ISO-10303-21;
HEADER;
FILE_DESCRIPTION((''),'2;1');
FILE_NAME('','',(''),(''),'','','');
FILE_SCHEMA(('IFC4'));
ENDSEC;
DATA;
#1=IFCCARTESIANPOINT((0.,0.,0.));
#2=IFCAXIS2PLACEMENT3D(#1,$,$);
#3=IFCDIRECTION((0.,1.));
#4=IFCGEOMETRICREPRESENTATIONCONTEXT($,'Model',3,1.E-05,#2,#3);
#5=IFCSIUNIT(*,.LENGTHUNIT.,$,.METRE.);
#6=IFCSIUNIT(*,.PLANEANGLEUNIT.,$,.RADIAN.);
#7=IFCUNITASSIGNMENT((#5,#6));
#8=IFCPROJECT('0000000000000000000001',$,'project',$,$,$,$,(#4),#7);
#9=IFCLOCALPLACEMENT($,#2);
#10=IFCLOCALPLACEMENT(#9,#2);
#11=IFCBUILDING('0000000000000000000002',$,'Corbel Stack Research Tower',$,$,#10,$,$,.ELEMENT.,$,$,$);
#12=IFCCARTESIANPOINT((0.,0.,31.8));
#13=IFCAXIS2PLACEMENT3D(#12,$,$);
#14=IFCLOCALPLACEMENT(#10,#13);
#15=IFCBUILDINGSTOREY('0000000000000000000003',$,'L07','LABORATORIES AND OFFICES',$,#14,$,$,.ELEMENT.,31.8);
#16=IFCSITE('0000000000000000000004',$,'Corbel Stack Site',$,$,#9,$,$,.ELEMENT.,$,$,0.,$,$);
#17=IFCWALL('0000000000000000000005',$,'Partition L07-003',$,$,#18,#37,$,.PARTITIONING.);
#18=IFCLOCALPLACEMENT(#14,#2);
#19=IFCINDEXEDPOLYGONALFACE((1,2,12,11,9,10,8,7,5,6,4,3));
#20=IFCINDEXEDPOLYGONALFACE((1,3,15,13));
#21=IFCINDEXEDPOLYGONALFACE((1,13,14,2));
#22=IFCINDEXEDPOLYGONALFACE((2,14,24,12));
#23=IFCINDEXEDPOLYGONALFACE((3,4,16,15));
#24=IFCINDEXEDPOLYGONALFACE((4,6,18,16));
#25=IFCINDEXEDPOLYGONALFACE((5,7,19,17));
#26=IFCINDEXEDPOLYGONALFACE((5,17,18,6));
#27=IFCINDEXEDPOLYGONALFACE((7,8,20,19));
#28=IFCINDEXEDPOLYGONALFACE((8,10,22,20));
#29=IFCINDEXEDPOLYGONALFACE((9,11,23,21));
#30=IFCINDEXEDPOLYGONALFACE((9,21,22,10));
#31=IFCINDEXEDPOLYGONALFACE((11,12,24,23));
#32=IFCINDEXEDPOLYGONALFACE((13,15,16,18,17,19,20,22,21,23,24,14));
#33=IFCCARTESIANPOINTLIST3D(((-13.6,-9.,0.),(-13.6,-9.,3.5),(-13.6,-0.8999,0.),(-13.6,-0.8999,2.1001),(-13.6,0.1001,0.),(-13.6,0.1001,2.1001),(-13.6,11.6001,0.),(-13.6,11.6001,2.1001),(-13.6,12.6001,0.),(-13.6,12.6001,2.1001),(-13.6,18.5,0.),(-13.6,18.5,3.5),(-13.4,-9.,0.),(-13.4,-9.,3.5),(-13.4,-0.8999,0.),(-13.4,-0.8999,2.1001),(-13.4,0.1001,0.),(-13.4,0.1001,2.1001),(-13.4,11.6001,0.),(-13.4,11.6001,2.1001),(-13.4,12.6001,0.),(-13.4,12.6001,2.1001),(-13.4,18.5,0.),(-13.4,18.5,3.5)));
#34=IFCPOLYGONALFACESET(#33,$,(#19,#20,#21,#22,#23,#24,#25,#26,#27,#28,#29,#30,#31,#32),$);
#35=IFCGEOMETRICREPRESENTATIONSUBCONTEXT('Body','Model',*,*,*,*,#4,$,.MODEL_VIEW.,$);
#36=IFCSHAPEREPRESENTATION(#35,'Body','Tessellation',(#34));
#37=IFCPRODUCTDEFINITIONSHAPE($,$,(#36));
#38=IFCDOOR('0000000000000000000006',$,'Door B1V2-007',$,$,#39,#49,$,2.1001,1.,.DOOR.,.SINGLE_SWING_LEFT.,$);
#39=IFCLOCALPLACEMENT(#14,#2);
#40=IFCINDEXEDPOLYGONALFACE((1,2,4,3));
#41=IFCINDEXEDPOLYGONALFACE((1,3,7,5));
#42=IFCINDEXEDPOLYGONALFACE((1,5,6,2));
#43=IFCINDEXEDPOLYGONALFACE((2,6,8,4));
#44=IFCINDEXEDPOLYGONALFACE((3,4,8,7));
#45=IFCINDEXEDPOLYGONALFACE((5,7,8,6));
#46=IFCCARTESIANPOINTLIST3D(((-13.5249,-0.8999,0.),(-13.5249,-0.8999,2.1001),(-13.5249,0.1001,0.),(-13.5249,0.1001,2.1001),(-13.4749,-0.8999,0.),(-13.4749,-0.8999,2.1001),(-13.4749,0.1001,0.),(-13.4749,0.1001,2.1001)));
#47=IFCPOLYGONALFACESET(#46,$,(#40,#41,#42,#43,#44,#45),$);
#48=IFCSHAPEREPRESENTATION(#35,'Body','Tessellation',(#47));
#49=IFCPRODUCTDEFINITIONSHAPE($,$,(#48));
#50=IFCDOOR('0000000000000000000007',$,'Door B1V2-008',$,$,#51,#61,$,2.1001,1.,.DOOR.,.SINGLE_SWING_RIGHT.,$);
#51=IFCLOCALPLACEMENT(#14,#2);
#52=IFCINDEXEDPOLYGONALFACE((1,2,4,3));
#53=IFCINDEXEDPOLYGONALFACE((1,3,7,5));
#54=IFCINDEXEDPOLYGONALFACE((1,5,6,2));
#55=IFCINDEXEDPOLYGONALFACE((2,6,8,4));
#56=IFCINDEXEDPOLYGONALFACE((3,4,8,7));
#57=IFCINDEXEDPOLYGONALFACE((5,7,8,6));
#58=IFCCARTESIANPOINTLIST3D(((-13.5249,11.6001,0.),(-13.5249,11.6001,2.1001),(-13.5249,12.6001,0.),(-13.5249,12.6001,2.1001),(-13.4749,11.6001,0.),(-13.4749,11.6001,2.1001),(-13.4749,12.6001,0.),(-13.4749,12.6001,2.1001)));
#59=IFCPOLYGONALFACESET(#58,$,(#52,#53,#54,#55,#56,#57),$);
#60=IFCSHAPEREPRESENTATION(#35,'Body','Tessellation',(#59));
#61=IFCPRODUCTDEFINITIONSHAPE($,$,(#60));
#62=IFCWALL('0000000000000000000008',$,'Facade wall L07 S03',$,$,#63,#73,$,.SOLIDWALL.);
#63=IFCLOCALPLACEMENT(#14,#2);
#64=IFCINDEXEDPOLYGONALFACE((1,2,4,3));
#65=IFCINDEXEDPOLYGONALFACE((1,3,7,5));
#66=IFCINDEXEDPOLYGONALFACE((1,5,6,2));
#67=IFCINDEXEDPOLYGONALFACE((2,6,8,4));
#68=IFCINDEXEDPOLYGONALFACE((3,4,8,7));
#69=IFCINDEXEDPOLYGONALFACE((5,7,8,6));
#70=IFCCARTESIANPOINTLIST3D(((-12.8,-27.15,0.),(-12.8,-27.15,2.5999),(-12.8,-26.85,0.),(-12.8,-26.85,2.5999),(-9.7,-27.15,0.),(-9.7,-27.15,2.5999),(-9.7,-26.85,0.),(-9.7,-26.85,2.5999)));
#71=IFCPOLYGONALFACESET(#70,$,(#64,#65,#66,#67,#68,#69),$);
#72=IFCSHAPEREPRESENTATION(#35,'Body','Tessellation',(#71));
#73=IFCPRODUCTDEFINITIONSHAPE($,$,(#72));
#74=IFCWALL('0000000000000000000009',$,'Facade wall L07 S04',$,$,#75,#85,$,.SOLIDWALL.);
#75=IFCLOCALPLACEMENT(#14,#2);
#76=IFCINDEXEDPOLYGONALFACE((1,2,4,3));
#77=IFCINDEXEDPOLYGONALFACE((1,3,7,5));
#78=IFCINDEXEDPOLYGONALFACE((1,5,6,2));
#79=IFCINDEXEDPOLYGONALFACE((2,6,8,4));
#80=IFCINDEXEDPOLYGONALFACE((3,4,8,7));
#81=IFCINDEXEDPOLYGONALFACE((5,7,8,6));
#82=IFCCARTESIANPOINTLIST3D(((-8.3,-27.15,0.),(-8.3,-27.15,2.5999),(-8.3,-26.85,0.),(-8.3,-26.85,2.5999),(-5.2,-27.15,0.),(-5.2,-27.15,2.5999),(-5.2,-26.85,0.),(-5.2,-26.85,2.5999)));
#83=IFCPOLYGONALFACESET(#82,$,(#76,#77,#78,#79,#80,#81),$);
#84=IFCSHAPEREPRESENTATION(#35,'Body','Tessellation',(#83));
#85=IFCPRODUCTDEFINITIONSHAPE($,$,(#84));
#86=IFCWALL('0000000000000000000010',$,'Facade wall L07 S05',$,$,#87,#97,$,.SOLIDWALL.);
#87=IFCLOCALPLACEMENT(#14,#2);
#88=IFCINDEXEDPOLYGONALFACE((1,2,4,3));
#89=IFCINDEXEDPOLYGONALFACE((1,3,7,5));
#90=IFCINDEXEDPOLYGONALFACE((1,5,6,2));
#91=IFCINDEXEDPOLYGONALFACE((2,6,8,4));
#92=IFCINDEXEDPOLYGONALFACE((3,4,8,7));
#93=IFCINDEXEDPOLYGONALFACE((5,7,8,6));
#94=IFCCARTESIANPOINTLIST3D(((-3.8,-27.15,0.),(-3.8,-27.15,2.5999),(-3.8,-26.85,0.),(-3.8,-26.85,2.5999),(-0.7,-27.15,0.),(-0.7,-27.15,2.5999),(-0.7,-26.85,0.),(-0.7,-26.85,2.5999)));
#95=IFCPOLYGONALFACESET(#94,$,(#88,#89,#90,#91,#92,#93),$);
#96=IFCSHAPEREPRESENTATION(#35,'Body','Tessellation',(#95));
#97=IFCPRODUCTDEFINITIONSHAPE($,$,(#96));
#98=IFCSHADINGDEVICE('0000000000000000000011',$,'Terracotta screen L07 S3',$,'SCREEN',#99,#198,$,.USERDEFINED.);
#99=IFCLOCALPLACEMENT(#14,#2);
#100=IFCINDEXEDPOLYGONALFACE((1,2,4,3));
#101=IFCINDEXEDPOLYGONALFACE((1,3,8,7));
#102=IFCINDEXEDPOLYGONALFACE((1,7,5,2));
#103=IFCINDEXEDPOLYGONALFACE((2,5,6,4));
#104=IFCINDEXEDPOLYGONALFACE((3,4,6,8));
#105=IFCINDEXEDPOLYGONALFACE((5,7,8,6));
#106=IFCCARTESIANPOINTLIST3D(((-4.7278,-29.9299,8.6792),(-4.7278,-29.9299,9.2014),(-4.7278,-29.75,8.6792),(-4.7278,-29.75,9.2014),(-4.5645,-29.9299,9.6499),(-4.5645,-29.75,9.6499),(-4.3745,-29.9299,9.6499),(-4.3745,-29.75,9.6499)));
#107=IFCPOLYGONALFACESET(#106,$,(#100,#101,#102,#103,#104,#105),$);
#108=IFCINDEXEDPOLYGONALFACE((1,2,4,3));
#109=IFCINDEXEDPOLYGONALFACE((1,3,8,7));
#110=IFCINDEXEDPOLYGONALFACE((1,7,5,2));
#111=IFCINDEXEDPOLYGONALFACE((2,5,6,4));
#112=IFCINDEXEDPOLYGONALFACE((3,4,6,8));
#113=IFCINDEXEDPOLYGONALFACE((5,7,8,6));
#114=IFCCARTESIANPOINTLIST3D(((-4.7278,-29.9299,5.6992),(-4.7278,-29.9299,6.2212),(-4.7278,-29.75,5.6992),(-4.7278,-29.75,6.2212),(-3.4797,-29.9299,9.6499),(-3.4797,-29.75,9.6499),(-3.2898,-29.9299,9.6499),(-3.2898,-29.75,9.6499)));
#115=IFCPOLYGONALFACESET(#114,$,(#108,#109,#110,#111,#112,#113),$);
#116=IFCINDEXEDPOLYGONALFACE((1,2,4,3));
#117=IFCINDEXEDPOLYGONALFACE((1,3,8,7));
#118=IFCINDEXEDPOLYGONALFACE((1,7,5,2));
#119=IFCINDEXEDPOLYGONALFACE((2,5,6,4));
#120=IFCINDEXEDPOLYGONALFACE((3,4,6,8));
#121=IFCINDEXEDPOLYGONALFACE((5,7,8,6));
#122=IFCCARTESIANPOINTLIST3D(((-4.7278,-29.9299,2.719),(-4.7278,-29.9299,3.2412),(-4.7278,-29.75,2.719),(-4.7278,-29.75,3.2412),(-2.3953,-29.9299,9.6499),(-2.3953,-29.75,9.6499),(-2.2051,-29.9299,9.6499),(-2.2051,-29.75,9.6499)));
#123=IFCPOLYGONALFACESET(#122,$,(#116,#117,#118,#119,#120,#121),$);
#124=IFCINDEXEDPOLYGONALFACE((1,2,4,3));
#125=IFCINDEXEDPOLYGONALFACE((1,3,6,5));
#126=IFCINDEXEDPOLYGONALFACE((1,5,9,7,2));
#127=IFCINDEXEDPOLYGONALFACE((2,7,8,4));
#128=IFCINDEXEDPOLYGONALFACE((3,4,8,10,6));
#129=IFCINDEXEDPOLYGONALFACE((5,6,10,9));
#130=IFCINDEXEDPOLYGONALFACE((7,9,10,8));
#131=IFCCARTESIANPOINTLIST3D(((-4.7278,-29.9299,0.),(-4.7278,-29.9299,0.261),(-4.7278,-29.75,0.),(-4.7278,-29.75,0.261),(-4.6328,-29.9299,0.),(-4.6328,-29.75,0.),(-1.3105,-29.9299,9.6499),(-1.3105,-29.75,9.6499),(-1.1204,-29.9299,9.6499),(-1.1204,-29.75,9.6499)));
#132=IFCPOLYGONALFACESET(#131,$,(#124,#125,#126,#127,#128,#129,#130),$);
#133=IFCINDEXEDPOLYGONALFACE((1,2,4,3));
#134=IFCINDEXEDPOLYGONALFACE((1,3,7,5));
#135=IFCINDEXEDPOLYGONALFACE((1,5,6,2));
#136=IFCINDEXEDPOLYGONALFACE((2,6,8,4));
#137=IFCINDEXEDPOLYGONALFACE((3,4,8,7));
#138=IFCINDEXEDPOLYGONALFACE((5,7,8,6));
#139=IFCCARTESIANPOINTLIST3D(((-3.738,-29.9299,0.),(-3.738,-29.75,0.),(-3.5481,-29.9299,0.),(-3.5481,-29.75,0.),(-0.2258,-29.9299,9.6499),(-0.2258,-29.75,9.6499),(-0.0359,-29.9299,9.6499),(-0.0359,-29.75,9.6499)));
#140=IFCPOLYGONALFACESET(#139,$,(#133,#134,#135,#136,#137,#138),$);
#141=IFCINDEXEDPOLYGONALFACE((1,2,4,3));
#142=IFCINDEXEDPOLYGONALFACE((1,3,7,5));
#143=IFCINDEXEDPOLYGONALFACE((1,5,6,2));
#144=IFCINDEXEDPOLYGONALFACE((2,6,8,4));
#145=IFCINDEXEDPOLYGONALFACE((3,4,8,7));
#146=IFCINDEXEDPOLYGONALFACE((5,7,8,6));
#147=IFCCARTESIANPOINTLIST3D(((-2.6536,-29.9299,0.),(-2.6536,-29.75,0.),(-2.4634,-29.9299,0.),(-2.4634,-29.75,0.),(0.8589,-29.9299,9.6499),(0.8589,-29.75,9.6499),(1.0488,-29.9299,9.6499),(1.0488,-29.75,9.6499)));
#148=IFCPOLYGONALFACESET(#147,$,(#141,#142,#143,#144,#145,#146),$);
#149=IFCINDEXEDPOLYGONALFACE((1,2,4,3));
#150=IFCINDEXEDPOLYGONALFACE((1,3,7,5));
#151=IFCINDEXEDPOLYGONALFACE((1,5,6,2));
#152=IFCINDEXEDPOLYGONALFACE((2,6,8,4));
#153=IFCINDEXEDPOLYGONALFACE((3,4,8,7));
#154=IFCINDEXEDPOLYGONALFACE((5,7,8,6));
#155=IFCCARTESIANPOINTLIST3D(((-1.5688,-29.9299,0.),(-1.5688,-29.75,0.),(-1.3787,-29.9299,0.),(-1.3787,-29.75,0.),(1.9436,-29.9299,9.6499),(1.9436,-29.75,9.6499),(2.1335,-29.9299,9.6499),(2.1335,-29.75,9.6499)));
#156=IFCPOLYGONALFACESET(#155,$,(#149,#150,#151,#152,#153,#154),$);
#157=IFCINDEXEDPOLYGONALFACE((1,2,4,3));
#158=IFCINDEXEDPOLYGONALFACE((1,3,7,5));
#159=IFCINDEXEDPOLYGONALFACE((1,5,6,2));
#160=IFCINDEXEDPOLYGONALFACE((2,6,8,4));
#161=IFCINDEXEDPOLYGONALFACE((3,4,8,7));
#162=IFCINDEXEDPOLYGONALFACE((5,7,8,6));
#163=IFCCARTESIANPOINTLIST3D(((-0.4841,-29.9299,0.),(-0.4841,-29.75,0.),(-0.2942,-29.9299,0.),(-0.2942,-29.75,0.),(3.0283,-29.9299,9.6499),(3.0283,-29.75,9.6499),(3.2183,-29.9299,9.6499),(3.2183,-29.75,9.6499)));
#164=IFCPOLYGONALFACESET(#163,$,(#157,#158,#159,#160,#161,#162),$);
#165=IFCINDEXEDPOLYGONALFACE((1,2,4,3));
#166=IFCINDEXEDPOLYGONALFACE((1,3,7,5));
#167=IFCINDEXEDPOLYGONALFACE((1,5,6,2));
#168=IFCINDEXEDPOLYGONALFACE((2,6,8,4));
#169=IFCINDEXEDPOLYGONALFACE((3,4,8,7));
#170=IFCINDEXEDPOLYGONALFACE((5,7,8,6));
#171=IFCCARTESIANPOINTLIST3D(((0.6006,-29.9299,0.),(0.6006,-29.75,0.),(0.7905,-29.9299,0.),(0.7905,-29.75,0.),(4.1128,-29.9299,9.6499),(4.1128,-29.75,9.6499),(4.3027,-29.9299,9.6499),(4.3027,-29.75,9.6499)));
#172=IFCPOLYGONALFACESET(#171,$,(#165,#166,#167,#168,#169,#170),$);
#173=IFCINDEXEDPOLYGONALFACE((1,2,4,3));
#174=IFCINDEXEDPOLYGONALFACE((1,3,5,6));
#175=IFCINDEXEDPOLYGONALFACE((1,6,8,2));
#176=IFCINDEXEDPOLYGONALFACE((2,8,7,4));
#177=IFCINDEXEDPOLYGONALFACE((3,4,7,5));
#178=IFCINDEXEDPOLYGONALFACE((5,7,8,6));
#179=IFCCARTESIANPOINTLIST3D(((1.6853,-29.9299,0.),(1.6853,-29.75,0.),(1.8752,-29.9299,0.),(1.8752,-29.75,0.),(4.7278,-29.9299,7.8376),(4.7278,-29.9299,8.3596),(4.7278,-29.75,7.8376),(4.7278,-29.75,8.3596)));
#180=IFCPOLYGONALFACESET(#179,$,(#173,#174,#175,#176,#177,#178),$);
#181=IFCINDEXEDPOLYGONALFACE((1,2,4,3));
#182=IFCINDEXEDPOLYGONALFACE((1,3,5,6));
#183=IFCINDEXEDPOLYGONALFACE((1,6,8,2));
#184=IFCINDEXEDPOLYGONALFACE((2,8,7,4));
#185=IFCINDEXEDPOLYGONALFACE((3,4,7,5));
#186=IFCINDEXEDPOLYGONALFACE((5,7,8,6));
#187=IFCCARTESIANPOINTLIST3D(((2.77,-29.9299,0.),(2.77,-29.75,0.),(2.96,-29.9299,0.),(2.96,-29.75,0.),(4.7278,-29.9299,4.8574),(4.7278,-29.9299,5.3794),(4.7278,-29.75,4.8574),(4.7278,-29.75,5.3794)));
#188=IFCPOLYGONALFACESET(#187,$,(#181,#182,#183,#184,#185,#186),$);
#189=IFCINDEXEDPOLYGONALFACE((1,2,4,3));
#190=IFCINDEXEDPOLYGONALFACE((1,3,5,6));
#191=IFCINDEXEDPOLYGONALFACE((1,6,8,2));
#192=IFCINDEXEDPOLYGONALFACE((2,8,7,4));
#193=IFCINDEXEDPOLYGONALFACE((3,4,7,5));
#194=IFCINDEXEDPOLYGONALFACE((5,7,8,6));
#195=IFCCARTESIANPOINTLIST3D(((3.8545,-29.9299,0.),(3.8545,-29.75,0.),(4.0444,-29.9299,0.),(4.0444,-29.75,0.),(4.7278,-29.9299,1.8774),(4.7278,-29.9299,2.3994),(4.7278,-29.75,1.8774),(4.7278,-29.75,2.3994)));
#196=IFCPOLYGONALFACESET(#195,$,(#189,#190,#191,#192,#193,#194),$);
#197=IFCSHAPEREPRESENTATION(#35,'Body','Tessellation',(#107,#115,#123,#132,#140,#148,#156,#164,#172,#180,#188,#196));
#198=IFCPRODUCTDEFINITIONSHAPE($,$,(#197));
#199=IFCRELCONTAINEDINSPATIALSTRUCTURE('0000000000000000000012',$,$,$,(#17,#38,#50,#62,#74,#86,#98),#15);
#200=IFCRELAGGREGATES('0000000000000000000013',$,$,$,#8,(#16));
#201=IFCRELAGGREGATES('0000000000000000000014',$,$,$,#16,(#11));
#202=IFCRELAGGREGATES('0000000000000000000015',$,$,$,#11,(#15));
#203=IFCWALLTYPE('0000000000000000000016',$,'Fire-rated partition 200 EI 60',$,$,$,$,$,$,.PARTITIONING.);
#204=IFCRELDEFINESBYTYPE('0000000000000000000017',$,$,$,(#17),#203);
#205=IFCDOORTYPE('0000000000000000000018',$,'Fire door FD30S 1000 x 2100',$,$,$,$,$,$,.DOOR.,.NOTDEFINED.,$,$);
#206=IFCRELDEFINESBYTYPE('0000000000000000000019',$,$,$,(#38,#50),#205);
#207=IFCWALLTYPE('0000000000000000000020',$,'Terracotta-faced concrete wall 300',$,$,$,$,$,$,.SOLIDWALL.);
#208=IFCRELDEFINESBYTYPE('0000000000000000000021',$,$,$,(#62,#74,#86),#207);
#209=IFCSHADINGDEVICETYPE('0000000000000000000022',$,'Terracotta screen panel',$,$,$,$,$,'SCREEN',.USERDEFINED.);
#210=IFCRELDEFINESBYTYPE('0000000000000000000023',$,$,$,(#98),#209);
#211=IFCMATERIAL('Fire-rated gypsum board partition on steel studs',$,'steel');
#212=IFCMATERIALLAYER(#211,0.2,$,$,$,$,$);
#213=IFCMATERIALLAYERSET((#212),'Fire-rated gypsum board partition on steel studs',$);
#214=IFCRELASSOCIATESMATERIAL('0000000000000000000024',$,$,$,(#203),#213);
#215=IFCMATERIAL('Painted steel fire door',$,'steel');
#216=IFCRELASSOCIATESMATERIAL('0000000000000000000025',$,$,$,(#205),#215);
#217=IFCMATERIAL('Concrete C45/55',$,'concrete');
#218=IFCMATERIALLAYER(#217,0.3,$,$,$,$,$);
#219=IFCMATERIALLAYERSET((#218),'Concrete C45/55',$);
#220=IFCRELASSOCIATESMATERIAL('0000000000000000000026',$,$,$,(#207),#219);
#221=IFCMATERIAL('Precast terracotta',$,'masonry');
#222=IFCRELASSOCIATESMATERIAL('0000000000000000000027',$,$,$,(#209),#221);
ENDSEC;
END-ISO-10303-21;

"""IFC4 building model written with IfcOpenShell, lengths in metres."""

from ifc_helpers import new_model, si_unit, direction, frame, frame_2d, origin, place, context, subcontext, project, spatial, polyline, rectangle, outline, extrude, source, transform, mapped, material, layer, layer_set, type_object, element, fill, save


model = new_model("IFC4")

# Units and contexts
model_context = context("Model", 3, precision=1e-05, world=origin(), true_north=direction((0.0, 1.0)))
body_context = subcontext(model_context, "Body", "Model", "MODEL_VIEW")
ifc_project = project(units=[si_unit("LENGTHUNIT", "METRE"), si_unit("PLANEANGLEUNIT", "RADIAN")], contexts=[model_context])

# Site, building, storey
site_placement = place(None, origin())
site = spatial("IfcSite", under=ifc_project, at=site_placement, Name="Corbel Stack Site", CompositionType="ELEMENT", RefElevation=0.0)
building_placement = place(site_placement, origin())
building = spatial("IfcBuilding", under=site, at=building_placement, Name="Corbel Stack Research Tower", CompositionType="ELEMENT")
storey_placement = place(building_placement, frame((0.0, 0.0, 31.8)))
storey = spatial("IfcBuildingStorey", under=building, at=storey_placement, Name="L07", Description="LABORATORIES AND OFFICES", CompositionType="ELEMENT", Elevation=31.8)

# Shared definitions
ifc_material_1 = material(Name="Fire-rated gypsum board partition on steel studs", Category="steel")
ifc_layer_1 = layer(ifc_material_1, 0.2)
ifc_layer_set_1 = layer_set([ifc_layer_1], Name="Fire-rated gypsum board partition on steel studs")
wall_type_1 = type_object("IfcWallType", Name="Fire-rated partition 200 EI 60", PredefinedType="PARTITIONING", material=ifc_layer_set_1)

# Wall, openings, doors
wall_1_placement = place(storey_placement, frame((-13.5, -9.0, 0.0), z_axis=(0.0, 0.0, 1.0), x_axis=(0.0, 1.0, 0.0)))
wall_1 = element("IfcWall", 1, at=wall_1_placement, inside=storey, type_object=wall_type_1, Name="Partition L07-003", PredefinedType="PARTITIONING", context=body_context, shape_type="SweptSolid", body=[
    extrude(rectangle(XDim=27.5, YDim=0.2, at=frame_2d((13.75, 0.0))), origin(), (0.0, 0.0, 1.0), 3.5),
])
opening_1_placement = place(wall_1_placement, frame((8.1001, 0.0, 0.0)))
opening_1 = element("IfcOpeningElement", 2, at=opening_1_placement, cuts=wall_1, PredefinedType="OPENING", context=body_context, shape_type="SweptSolid", body=[
    extrude(rectangle(XDim=1.0, YDim=2.1001, at=frame_2d((0.5, 1.05))), frame((0.0, 0.1099, 0.0), z_axis=(0.0, -1.0, 0.0), x_axis=(1.0, 0.0, 0.0)), (0.0, 0.0, 1.0), 0.22),
])
opening_2_placement = place(wall_1_placement, frame((20.6001, 0.0, 0.0)))
opening_2 = element("IfcOpeningElement", 3, at=opening_2_placement, cuts=wall_1, PredefinedType="OPENING", context=body_context, shape_type="SweptSolid", body=[
    extrude(rectangle(XDim=1.0, YDim=2.1001, at=frame_2d((0.5, 1.05))), frame((0.0, 0.1099, 0.0), z_axis=(0.0, -1.0, 0.0), x_axis=(1.0, 0.0, 0.0)), (0.0, 0.0, 1.0), 0.22),
])
ifc_material_2 = material(Name="Painted steel fire door", Category="steel")
door_type_1 = type_object("IfcDoorType", Name="Fire door FD30S 1000 x 2100", OperationType="NOTDEFINED", PredefinedType="DOOR", material=ifc_material_2)
door_1_placement = place(opening_1_placement, origin())
door_1 = element("IfcDoor", 4, at=door_1_placement, inside=storey, type_object=door_type_1, Name="Door B1V2-007", OperationType="SINGLE_SWING_LEFT", OverallHeight=2.1001, OverallWidth=1.0, PredefinedType="DOOR", context=body_context, shape_type="SweptSolid", body=[
    extrude(rectangle(XDim=1.0, YDim=2.1001, at=frame_2d((0.5, 1.05))), frame((0.0, 0.0249, 0.0), z_axis=(0.0, -1.0, 0.0), x_axis=(1.0, 0.0, 0.0)), (0.0, 0.0, 1.0), 0.05),
])
fill(opening_1, door_1)
door_2_placement = place(opening_2_placement, origin())
door_2 = element("IfcDoor", 5, at=door_2_placement, inside=storey, type_object=door_type_1, Name="Door B1V2-008", OperationType="SINGLE_SWING_RIGHT", OverallHeight=2.1001, OverallWidth=1.0, PredefinedType="DOOR", context=body_context, shape_type="SweptSolid", body=[
    extrude(rectangle(XDim=1.0, YDim=2.1001, at=frame_2d((0.5, 1.05))), frame((0.0, 0.0249, 0.0), z_axis=(0.0, -1.0, 0.0), x_axis=(1.0, 0.0, 0.0)), (0.0, 0.0, 1.0), 0.05),
])
fill(opening_2, door_2)

# Walls
ifc_material_3 = material(Name="Concrete C45/55", Category="concrete")
ifc_layer_2 = layer(ifc_material_3, 0.3)
ifc_layer_set_2 = layer_set([ifc_layer_2], Name="Concrete C45/55")
wall_type_2 = type_object("IfcWallType", Name="Terracotta-faced concrete wall 300", PredefinedType="SOLIDWALL", material=ifc_layer_set_2)
for number, where, z_axis, x_axis, name in (
    (6, (-9.7, -27.0, 0.0), (0.0, 0.0, 1.0), (-1.0, 0.0, 0.0), "Facade wall L07 S03"),
    (7, (-5.2, -27.0, 0.0), (0.0, 0.0, 1.0), (-1.0, 0.0, 0.0), "Facade wall L07 S04"),
    (8, (-0.7, -27.0, 0.0), (0.0, 0.0, 1.0), (-1.0, 0.0, 0.0), "Facade wall L07 S05"),
):
    element("IfcWall", number, at=place(storey_placement, frame(where, z_axis=z_axis, x_axis=x_axis)), inside=storey, type_object=wall_type_2, Name=name, PredefinedType="SOLIDWALL", context=body_context, shape_type="SweptSolid", body=[
        extrude(rectangle(XDim=3.1001, YDim=0.3, at=frame_2d((1.55, 0.0))), origin(), (0.0, 0.0, 1.0), 2.5999),
    ])

# Shading device
ifc_material_4 = material(Name="Precast terracotta", Category="masonry")
shading_device_type = type_object("IfcShadingDeviceType", Name="Terracotta screen panel", ElementType="SCREEN", PredefinedType="USERDEFINED", material=ifc_material_4)
shared_shape_1 = source(origin(), body_context, "Body", "SweptSolid", [
    extrude(outline(polyline([(0.3533, 9.6499), (0.1633, 9.6499), (0.0, 9.2014), (0.0, 8.6792), (0.3533, 9.6499)])), frame((0.0, 0.0, 0.0), z_axis=(0.0, -1.0, 0.0), x_axis=(1.0, 0.0, 0.0)), (0.0, 0.0, 1.0), 0.1799),
    extrude(outline(polyline([(1.438, 9.6499), (1.248, 9.6499), (0.0, 6.2212), (0.0, 5.6992), (1.438, 9.6499)])), frame((0.0, 0.0, 0.0), z_axis=(0.0, -1.0, 0.0), x_axis=(1.0, 0.0, 0.0)), (0.0, 0.0, 1.0), 0.1799),
    extrude(outline(polyline([(2.5227, 9.6499), (2.3325, 9.6499), (0.0, 3.2412), (0.0, 2.719), (2.5227, 9.6499)])), frame((0.0, 0.0, 0.0), z_axis=(0.0, -1.0, 0.0), x_axis=(1.0, 0.0, 0.0)), (0.0, 0.0, 1.0), 0.1799),
    extrude(outline(polyline([(0.095, 0.0), (3.6074, 9.6499), (3.4172, 9.6499), (0.0, 0.261), (0.0, 0.0), (0.095, 0.0)])), frame((0.0, 0.0, 0.0), z_axis=(0.0, -1.0, 0.0), x_axis=(1.0, 0.0, 0.0)), (0.0, 0.0, 1.0), 0.1799),
    extrude(outline(polyline([(1.1797, 0.0), (4.6919, 9.6499), (4.502, 9.6499), (0.9897, 0.0), (1.1797, 0.0)])), frame((0.0, 0.0, 0.0), z_axis=(0.0, -1.0, 0.0), x_axis=(1.0, 0.0, 0.0)), (0.0, 0.0, 1.0), 0.1799),
    extrude(outline(polyline([(2.2644, 0.0), (5.7766, 9.6499), (5.5867, 9.6499), (2.0742, 0.0), (2.2644, 0.0)])), frame((0.0, 0.0, 0.0), z_axis=(0.0, -1.0, 0.0), x_axis=(1.0, 0.0, 0.0)), (0.0, 0.0, 1.0), 0.1799),
    extrude(outline(polyline([(3.3491, 0.0), (6.8613, 9.6499), (6.6714, 9.6499), (3.1589, 0.0), (3.3491, 0.0)])), frame((0.0, 0.0, 0.0), z_axis=(0.0, -1.0, 0.0), x_axis=(1.0, 0.0, 0.0)), (0.0, 0.0, 1.0), 0.1799),
    extrude(outline(polyline([(4.4336, 0.0), (7.946, 9.6499), (7.7561, 9.6499), (4.2437, 0.0), (4.4336, 0.0)])), frame((0.0, 0.0, 0.0), z_axis=(0.0, -1.0, 0.0), x_axis=(1.0, 0.0, 0.0)), (0.0, 0.0, 1.0), 0.1799),
    extrude(outline(polyline([(5.5183, 0.0), (9.0305, 9.6499), (8.8406, 9.6499), (5.3284, 0.0), (5.5183, 0.0)])), frame((0.0, 0.0, 0.0), z_axis=(0.0, -1.0, 0.0), x_axis=(1.0, 0.0, 0.0)), (0.0, 0.0, 1.0), 0.1799),
    extrude(outline(polyline([(6.603, 0.0), (9.4556, 7.8376), (9.4556, 8.3596), (6.4131, 0.0), (6.603, 0.0)])), frame((0.0, 0.0, 0.0), z_axis=(0.0, -1.0, 0.0), x_axis=(1.0, 0.0, 0.0)), (0.0, 0.0, 1.0), 0.1799),
    extrude(outline(polyline([(7.6877, 0.0), (9.4556, 4.8574), (9.4556, 5.3794), (7.4978, 0.0), (7.6877, 0.0)])), frame((0.0, 0.0, 0.0), z_axis=(0.0, -1.0, 0.0), x_axis=(1.0, 0.0, 0.0)), (0.0, 0.0, 1.0), 0.1799),
    extrude(outline(polyline([(8.7722, 0.0), (9.4556, 1.8774), (9.4556, 2.3994), (8.5823, 0.0), (8.7722, 0.0)])), frame((0.0, 0.0, 0.0), z_axis=(0.0, -1.0, 0.0), x_axis=(1.0, 0.0, 0.0)), (0.0, 0.0, 1.0), 0.1799),
])
shading_device_1_placement = place(storey_placement, frame((-4.7278, -29.75, 0.0), z_axis=(0.0, 0.0, 1.0), x_axis=(1.0, 0.0, 0.0)))
element("IfcShadingDevice", 9, at=shading_device_1_placement, inside=storey, type_object=shading_device_type, Name="Terracotta screen L07 S3", ObjectType="SCREEN", PredefinedType="USERDEFINED", context=body_context, shape_type="MappedRepresentation", body=[
    mapped(shared_shape_1, transform((0.0, 0.0, 0.0))),
])

save(model, "model.ifc")
